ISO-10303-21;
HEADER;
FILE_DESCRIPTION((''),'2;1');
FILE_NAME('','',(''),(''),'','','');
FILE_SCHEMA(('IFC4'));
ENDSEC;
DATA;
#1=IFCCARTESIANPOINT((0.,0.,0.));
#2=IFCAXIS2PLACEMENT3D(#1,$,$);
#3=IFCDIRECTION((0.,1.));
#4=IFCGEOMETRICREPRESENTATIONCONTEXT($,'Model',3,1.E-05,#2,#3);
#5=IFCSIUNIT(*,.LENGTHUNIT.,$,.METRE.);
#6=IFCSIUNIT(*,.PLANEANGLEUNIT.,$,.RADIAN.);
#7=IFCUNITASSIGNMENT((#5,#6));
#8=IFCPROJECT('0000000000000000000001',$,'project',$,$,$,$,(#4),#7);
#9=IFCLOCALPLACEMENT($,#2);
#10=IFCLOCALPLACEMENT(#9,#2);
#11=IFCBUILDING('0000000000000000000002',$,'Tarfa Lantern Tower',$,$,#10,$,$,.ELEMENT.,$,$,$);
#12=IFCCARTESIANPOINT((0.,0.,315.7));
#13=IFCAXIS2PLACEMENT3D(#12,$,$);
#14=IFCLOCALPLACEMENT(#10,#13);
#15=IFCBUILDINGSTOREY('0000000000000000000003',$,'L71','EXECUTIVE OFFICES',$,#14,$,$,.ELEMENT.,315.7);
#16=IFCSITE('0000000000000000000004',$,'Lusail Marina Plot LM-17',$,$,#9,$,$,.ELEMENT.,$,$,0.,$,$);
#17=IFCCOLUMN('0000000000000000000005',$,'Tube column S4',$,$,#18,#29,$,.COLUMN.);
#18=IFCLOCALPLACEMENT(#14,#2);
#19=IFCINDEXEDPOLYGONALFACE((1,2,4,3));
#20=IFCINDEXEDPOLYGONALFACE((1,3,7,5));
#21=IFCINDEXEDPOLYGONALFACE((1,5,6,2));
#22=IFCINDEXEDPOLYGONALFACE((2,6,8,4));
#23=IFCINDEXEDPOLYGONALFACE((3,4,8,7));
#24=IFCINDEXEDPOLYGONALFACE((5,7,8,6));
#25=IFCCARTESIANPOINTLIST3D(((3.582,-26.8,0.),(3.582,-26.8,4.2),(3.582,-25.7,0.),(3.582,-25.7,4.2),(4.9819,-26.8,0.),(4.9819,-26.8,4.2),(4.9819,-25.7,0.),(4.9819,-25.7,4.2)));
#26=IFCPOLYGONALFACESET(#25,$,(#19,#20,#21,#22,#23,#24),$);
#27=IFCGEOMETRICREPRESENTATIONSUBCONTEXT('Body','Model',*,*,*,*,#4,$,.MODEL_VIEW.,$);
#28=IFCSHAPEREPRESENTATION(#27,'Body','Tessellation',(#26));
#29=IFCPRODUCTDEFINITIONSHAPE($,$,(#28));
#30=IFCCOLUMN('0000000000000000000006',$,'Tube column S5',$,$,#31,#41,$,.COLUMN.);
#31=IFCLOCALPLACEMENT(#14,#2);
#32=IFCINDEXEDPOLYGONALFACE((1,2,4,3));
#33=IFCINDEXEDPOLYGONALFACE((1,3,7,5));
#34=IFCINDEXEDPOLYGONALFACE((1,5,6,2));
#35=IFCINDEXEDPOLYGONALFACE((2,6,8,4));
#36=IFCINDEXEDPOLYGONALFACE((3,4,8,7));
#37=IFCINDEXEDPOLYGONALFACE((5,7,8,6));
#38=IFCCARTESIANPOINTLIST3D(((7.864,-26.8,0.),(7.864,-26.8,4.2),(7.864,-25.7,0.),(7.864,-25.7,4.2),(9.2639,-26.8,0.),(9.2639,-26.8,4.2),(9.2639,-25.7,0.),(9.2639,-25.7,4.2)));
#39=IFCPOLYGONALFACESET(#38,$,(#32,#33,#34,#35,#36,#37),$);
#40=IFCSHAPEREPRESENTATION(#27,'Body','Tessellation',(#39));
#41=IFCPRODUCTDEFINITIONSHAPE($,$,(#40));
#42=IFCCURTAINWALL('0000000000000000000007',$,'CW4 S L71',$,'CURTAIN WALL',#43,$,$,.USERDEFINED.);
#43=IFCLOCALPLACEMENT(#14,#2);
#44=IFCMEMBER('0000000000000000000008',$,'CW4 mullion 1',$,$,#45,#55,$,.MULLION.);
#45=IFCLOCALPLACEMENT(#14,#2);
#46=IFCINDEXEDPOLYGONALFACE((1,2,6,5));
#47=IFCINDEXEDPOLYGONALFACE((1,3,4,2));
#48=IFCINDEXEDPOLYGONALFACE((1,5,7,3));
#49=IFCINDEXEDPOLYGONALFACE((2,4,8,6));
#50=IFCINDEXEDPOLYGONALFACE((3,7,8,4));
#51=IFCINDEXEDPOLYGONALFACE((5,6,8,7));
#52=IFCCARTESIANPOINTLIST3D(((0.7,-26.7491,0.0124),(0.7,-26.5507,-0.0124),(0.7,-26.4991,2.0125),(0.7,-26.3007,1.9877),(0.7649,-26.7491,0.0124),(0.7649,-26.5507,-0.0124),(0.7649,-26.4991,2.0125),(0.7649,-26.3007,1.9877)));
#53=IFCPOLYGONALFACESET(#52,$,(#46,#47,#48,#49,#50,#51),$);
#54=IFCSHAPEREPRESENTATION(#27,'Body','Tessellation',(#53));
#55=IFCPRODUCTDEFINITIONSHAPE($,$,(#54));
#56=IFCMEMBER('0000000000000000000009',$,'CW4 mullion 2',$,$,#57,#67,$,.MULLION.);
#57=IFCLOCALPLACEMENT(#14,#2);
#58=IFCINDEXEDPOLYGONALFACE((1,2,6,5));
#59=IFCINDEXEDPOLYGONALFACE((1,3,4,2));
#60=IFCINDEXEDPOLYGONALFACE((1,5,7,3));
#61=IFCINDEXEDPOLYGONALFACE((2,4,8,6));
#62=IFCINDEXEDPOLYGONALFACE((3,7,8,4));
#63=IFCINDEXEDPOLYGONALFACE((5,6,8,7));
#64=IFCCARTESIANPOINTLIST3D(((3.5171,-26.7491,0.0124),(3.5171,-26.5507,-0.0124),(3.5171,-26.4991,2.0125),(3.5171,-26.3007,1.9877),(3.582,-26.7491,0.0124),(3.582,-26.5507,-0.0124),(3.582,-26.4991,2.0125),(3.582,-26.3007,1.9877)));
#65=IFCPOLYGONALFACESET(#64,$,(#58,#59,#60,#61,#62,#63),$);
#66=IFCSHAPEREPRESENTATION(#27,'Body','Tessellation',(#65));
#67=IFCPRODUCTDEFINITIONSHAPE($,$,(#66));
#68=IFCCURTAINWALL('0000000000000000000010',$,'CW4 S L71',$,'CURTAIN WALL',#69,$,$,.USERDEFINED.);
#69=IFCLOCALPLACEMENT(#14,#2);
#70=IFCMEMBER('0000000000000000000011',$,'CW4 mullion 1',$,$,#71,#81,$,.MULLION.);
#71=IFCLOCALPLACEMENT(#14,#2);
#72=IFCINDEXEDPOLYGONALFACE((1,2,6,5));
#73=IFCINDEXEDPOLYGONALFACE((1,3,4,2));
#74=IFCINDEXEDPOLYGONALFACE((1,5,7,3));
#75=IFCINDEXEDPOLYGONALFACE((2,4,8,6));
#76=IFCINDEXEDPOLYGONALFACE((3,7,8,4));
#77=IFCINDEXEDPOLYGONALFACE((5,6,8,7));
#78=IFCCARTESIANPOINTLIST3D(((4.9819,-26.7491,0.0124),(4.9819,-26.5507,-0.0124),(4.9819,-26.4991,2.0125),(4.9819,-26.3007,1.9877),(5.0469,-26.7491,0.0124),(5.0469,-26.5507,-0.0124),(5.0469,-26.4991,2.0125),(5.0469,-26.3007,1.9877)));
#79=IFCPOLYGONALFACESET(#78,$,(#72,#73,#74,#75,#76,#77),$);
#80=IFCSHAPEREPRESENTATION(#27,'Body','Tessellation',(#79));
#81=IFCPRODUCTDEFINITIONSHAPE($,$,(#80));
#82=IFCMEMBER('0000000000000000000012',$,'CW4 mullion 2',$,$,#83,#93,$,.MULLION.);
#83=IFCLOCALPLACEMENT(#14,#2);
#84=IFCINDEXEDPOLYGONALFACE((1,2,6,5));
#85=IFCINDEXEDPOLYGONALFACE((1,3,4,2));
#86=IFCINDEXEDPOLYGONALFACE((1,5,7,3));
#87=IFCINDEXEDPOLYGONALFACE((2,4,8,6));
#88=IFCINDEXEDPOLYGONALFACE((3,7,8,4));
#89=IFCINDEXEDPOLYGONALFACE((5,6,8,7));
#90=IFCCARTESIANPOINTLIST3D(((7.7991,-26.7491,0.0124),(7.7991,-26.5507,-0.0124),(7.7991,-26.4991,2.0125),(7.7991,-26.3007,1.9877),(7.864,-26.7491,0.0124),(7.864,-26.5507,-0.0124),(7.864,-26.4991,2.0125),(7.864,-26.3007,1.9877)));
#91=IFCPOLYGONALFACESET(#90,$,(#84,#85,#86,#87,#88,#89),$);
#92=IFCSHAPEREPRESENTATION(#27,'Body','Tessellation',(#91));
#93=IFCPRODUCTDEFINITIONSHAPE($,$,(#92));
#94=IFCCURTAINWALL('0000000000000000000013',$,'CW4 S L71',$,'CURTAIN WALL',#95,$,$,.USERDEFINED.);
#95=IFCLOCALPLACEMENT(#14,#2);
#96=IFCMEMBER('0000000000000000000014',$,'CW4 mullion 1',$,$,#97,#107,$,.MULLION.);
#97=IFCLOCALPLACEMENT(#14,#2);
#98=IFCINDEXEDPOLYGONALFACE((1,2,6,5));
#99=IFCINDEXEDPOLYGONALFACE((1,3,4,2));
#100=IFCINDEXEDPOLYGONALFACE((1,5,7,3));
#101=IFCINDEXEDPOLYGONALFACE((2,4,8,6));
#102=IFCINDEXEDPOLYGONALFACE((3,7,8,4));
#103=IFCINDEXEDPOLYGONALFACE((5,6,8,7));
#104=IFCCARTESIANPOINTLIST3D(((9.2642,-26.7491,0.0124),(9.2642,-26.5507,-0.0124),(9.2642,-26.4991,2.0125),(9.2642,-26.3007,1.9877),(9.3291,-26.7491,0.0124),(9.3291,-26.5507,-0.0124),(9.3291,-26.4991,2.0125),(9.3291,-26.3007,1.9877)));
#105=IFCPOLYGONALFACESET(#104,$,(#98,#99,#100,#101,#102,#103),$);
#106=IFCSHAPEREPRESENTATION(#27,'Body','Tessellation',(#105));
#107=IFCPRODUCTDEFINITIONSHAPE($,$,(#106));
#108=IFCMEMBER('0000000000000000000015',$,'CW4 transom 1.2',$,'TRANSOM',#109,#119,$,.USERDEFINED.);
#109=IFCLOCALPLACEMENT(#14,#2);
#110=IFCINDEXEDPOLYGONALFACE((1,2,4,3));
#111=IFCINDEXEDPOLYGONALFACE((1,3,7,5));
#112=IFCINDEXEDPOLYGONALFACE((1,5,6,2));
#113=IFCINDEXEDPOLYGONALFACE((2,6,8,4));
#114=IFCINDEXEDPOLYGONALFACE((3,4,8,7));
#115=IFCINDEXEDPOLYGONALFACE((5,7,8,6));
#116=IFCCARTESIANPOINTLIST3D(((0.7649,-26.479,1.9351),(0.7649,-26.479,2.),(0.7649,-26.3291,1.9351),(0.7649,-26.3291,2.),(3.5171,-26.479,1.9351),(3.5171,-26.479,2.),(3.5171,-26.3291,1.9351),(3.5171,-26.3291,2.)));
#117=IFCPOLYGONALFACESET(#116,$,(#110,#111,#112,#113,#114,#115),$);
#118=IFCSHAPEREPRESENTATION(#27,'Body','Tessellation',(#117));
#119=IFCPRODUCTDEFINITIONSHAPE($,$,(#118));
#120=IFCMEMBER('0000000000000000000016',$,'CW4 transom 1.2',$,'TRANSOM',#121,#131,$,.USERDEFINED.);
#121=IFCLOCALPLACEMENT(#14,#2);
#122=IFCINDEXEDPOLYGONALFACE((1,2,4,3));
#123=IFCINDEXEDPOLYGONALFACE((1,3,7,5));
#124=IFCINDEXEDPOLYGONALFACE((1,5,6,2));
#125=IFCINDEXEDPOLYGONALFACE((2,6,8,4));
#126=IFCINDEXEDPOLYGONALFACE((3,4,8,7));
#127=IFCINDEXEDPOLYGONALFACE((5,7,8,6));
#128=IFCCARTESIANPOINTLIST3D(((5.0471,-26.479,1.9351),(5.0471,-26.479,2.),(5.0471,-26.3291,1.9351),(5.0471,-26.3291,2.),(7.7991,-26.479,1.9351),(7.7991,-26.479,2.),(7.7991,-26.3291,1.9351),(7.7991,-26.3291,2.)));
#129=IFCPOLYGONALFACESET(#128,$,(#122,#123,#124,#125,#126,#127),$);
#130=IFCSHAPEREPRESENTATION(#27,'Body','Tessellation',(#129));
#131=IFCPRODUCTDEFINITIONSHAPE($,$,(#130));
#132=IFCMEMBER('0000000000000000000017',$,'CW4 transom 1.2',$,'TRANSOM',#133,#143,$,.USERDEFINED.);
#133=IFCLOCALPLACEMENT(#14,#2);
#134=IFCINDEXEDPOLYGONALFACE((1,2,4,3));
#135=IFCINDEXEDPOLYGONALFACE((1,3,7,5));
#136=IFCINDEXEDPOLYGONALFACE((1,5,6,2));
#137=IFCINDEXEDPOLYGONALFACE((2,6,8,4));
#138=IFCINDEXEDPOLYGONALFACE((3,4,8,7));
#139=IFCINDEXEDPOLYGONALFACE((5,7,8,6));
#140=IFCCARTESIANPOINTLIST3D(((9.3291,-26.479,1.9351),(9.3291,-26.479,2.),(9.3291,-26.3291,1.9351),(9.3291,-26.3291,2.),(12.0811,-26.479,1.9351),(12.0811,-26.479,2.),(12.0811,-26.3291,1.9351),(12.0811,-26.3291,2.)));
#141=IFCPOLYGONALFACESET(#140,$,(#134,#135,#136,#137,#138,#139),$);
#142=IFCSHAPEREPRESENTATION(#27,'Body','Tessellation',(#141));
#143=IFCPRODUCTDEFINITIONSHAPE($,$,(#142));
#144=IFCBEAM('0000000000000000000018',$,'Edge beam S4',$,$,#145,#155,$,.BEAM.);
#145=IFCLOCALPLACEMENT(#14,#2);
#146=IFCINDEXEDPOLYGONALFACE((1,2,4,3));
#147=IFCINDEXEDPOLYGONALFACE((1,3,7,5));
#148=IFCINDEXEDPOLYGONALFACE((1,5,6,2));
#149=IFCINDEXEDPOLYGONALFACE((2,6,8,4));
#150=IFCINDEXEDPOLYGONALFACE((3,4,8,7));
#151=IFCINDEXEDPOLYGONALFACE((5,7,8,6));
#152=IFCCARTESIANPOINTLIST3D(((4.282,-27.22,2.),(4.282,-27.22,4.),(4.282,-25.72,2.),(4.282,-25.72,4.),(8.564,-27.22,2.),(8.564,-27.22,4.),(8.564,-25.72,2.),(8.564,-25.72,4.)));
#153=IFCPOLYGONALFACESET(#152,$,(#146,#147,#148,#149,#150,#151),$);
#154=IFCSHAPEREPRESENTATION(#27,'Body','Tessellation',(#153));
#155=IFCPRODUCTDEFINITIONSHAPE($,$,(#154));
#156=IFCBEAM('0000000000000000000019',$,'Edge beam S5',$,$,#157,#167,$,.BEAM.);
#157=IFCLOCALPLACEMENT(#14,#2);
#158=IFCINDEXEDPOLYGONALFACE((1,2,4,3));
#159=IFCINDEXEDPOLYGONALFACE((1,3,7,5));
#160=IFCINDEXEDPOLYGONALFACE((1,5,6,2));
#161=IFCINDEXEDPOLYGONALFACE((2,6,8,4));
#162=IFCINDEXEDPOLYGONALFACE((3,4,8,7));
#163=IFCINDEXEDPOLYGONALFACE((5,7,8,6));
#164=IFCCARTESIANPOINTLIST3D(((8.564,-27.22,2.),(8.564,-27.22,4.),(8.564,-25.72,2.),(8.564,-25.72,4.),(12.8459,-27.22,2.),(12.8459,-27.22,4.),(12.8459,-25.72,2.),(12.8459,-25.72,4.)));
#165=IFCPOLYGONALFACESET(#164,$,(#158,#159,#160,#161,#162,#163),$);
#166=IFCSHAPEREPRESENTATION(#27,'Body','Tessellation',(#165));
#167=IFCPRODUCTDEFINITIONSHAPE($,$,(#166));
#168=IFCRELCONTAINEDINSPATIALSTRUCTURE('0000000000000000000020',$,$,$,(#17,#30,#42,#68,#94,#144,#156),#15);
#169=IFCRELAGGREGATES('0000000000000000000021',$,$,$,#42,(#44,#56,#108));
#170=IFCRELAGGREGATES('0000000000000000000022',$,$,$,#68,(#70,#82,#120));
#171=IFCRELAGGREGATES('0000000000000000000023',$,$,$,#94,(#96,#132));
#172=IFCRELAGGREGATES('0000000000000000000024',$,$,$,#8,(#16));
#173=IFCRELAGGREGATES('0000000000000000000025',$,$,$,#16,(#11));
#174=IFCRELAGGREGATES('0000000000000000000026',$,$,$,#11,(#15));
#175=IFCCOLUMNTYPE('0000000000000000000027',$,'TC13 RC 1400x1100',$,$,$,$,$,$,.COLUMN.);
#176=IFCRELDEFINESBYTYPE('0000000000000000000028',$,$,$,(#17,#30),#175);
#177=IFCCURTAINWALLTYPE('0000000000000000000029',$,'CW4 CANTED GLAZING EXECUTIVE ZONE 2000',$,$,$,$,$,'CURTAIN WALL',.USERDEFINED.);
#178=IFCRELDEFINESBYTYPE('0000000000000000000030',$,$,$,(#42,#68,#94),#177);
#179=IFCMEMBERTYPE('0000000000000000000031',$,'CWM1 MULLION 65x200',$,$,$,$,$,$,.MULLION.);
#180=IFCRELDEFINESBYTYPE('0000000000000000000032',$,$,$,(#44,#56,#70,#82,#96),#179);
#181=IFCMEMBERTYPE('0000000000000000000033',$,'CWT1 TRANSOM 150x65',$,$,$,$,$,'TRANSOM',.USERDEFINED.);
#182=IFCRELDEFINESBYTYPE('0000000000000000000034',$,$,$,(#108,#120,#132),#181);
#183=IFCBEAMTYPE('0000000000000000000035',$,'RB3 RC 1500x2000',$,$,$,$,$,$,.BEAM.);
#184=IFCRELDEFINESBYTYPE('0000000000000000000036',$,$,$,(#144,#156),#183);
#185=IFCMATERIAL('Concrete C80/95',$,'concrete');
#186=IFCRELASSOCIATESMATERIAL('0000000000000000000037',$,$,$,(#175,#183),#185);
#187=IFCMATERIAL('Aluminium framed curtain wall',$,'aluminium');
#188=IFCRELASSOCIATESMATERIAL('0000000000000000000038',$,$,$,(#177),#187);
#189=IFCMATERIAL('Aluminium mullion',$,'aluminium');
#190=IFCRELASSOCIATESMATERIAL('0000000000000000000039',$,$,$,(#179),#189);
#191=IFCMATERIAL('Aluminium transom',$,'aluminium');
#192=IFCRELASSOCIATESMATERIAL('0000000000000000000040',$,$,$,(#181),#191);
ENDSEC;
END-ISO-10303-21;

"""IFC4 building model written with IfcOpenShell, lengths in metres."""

from ifc_helpers import new_model, si_unit, direction, frame, origin, origin_2d, place, context, subcontext, project, spatial, rectangle, extrude, material, material_profile, profile_set, type_object, element, aggregate, save


model = new_model("IFC4")

# Units and contexts
model_context = context("Model", 3, precision=1e-05, world=origin(), true_north=direction((0.0, 1.0)))
body_context = subcontext(model_context, "Body", "Model", "MODEL_VIEW")
ifc_project = project(units=[si_unit("LENGTHUNIT", "METRE"), si_unit("PLANEANGLEUNIT", "RADIAN")], contexts=[model_context])

# Site, building, storey
site_placement = place(None, origin())
site = spatial("IfcSite", under=ifc_project, at=site_placement, Name="Lusail Marina Plot LM-17", CompositionType="ELEMENT", RefElevation=0.0)
building_placement = place(site_placement, origin())
building = spatial("IfcBuilding", under=site, at=building_placement, Name="Tarfa Lantern Tower", CompositionType="ELEMENT")
storey_placement = place(building_placement, frame((0.0, 0.0, 315.7)))
storey = spatial("IfcBuildingStorey", under=building, at=storey_placement, Name="L71", Description="EXECUTIVE OFFICES", CompositionType="ELEMENT", Elevation=315.7)

# Columns
ifc_material_1 = material(Name="Concrete C80/95", Category="concrete")
ifc_material_profile_1 = material_profile(ifc_material_1, rectangle(XDim=1.3999, YDim=1.1001, at=origin_2d()), Name="RC 1400x1100")
ifc_profile_set_1 = profile_set([ifc_material_profile_1], Name="Concrete C80/95")
column_type = type_object("IfcColumnType", Name="TC13 RC 1400x1100", PredefinedType="COLUMN", material=ifc_profile_set_1)
for number, where, z_axis, x_axis, name in (
    (1, (4.282, -26.25, 0.0), (0.0, 0.0, 1.0), (1.0, 0.0, 0.0), "Tube column S4"),
    (2, (8.564, -26.25, 0.0), (0.0, 0.0, 1.0), (1.0, 0.0, 0.0), "Tube column S5"),
):
    element("IfcColumn", number, at=place(storey_placement, frame(where, z_axis=z_axis, x_axis=x_axis)), inside=storey, type_object=column_type, Name=name, PredefinedType="COLUMN", context=body_context, shape_type="SweptSolid", body=[
        extrude(rectangle(XDim=1.3999, YDim=1.1001, at=origin_2d()), origin(), (0.0, 0.0, 1.0), 4.2),
    ])

# Curtain walls, members
ifc_material_2 = material(Name="Aluminium framed curtain wall", Category="aluminium")
curtain_wall_type = type_object("IfcCurtainWallType", Name="CW4 CANTED GLAZING EXECUTIVE ZONE 2000", ElementType="CURTAIN WALL", PredefinedType="USERDEFINED", material=ifc_material_2)
curtain_wall_1_placement = place(storey_placement, origin())
curtain_wall_1 = element("IfcCurtainWall", 3, at=curtain_wall_1_placement, inside=storey, type_object=curtain_wall_type, Name="CW4 S L71", ObjectType="CURTAIN WALL", PredefinedType="USERDEFINED")
ifc_material_3 = material(Name="Aluminium mullion", Category="aluminium")
ifc_material_profile_2 = material_profile(ifc_material_3, rectangle(XDim=0.0649, YDim=0.2, at=origin_2d()), Name="AL MULLION 65x200")
ifc_profile_set_2 = profile_set([ifc_material_profile_2], Name="Aluminium mullion")
member_type_1 = type_object("IfcMemberType", Name="CWM1 MULLION 65x200", PredefinedType="MULLION", material=ifc_profile_set_2)
member_1_placement = place(storey_placement, frame((0.7324, -26.6499, 0.0), z_axis=(0.0, 0.124035, 0.992278), x_axis=(-1.0, 0.0, 0.0)))
member_1 = element("IfcMember", 4, at=member_1_placement, type_object=member_type_1, Name="CW4 mullion 1", PredefinedType="MULLION", context=body_context, shape_type="SweptSolid", body=[
    extrude(rectangle(XDim=0.0649, YDim=0.2, at=origin_2d()), origin(), (0.0, 0.0, 1.0), 2.0156),
])
member_2_placement = place(storey_placement, frame((3.5496, -26.6499, 0.0), z_axis=(0.0, 0.124035, 0.992278), x_axis=(-1.0, 0.0, 0.0)))
member_2 = element("IfcMember", 5, at=member_2_placement, type_object=member_type_1, Name="CW4 mullion 2", PredefinedType="MULLION", context=body_context, shape_type="SweptSolid", body=[
    extrude(rectangle(XDim=0.0649, YDim=0.2, at=origin_2d()), origin(), (0.0, 0.0, 1.0), 2.0156),
])
curtain_wall_2_placement = place(storey_placement, origin())
curtain_wall_2 = element("IfcCurtainWall", 6, at=curtain_wall_2_placement, inside=storey, type_object=curtain_wall_type, Name="CW4 S L71", ObjectType="CURTAIN WALL", PredefinedType="USERDEFINED")
member_3_placement = place(storey_placement, frame((5.0144, -26.6499, 0.0), z_axis=(0.0, 0.124035, 0.992278), x_axis=(-1.0, 0.0, 0.0)))
member_3 = element("IfcMember", 7, at=member_3_placement, type_object=member_type_1, Name="CW4 mullion 1", PredefinedType="MULLION", context=body_context, shape_type="SweptSolid", body=[
    extrude(rectangle(XDim=0.0649, YDim=0.2, at=origin_2d()), origin(), (0.0, 0.0, 1.0), 2.0156),
])
member_4_placement = place(storey_placement, frame((7.8315, -26.6499, 0.0), z_axis=(0.0, 0.124035, 0.992278), x_axis=(-1.0, 0.0, 0.0)))
member_4 = element("IfcMember", 8, at=member_4_placement, type_object=member_type_1, Name="CW4 mullion 2", PredefinedType="MULLION", context=body_context, shape_type="SweptSolid", body=[
    extrude(rectangle(XDim=0.0649, YDim=0.2, at=origin_2d()), origin(), (0.0, 0.0, 1.0), 2.0156),
])

# Curtain wall, member
curtain_wall_3_placement = place(storey_placement, origin())
curtain_wall_3 = element("IfcCurtainWall", 9, at=curtain_wall_3_placement, inside=storey, type_object=curtain_wall_type, Name="CW4 S L71", ObjectType="CURTAIN WALL", PredefinedType="USERDEFINED")
member_5_placement = place(storey_placement, frame((9.2966, -26.6499, 0.0), z_axis=(0.0, 0.124035, 0.992278), x_axis=(-1.0, 0.0, 0.0)))
member_5 = element("IfcMember", 10, at=member_5_placement, type_object=member_type_1, Name="CW4 mullion 1", PredefinedType="MULLION", context=body_context, shape_type="SweptSolid", body=[
    extrude(rectangle(XDim=0.0649, YDim=0.2, at=origin_2d()), origin(), (0.0, 0.0, 1.0), 2.0156),
])

# Members
ifc_material_4 = material(Name="Aluminium transom", Category="aluminium")
ifc_material_profile_3 = material_profile(ifc_material_4, rectangle(XDim=0.1499, YDim=0.0649, at=origin_2d()), Name="AL TRANSOM 150x65")
ifc_profile_set_3 = profile_set([ifc_material_profile_3], Name="Aluminium transom")
member_type_2 = type_object("IfcMemberType", Name="CWT1 TRANSOM 150x65", ElementType="TRANSOM", PredefinedType="USERDEFINED", material=ifc_profile_set_3)
member_6_placement = place(storey_placement, frame((0.7649, -26.4041, 1.9675), z_axis=(1.0, 0.0, 0.0), x_axis=(0.0, 1.0, 0.0)))
member_6 = element("IfcMember", 11, at=member_6_placement, type_object=member_type_2, Name="CW4 transom 1.2", ObjectType="TRANSOM", PredefinedType="USERDEFINED", context=body_context, shape_type="SweptSolid", body=[
    extrude(rectangle(XDim=0.1499, YDim=0.0649, at=origin_2d()), origin(), (0.0, 0.0, 1.0), 2.7522),
])
member_7_placement = place(storey_placement, frame((5.0471, -26.4041, 1.9675), z_axis=(1.0, 0.0, 0.0), x_axis=(0.0, 1.0, 0.0)))
member_7 = element("IfcMember", 12, at=member_7_placement, type_object=member_type_2, Name="CW4 transom 1.2", ObjectType="TRANSOM", PredefinedType="USERDEFINED", context=body_context, shape_type="SweptSolid", body=[
    extrude(rectangle(XDim=0.1499, YDim=0.0649, at=origin_2d()), origin(), (0.0, 0.0, 1.0), 2.752),
])
member_8_placement = place(storey_placement, frame((9.3291, -26.4041, 1.9675), z_axis=(1.0, 0.0, 0.0), x_axis=(0.0, 1.0, 0.0)))
member_8 = element("IfcMember", 13, at=member_8_placement, type_object=member_type_2, Name="CW4 transom 1.2", ObjectType="TRANSOM", PredefinedType="USERDEFINED", context=body_context, shape_type="SweptSolid", body=[
    extrude(rectangle(XDim=0.1499, YDim=0.0649, at=origin_2d()), origin(), (0.0, 0.0, 1.0), 2.752),
])

# Beams
ifc_material_profile_4 = material_profile(ifc_material_1, rectangle(XDim=1.5, YDim=2.0, at=origin_2d()), Name="RC 1500x2000")
ifc_profile_set_4 = profile_set([ifc_material_profile_4], Name="Concrete C80/95")
beam_type_1 = type_object("IfcBeamType", Name="RB3 RC 1500x2000", PredefinedType="BEAM", material=ifc_profile_set_4)
for number, where, z_axis, x_axis, name in (
    (14, (4.282, -26.47, 3.0), (1.0, 0.0, 0.0), (0.0, 1.0, 0.0), "Edge beam S4"),
    (15, (8.564, -26.47, 3.0), (1.0, 0.0, 0.0), (0.0, 1.0, 0.0), "Edge beam S5"),
):
    element("IfcBeam", number, at=place(storey_placement, frame(where, z_axis=z_axis, x_axis=x_axis)), inside=storey, type_object=beam_type_1, Name=name, PredefinedType="BEAM", context=body_context, shape_type="SweptSolid", body=[
        extrude(rectangle(XDim=1.5, YDim=2.0, at=origin_2d()), origin(), (0.0, 0.0, 1.0), 4.282),
    ])

aggregate(curtain_wall_1, [member_1, member_2, member_6])
aggregate(curtain_wall_2, [member_3, member_4, member_7])
aggregate(curtain_wall_3, [member_5, member_8])

save(model, "model.ifc")
